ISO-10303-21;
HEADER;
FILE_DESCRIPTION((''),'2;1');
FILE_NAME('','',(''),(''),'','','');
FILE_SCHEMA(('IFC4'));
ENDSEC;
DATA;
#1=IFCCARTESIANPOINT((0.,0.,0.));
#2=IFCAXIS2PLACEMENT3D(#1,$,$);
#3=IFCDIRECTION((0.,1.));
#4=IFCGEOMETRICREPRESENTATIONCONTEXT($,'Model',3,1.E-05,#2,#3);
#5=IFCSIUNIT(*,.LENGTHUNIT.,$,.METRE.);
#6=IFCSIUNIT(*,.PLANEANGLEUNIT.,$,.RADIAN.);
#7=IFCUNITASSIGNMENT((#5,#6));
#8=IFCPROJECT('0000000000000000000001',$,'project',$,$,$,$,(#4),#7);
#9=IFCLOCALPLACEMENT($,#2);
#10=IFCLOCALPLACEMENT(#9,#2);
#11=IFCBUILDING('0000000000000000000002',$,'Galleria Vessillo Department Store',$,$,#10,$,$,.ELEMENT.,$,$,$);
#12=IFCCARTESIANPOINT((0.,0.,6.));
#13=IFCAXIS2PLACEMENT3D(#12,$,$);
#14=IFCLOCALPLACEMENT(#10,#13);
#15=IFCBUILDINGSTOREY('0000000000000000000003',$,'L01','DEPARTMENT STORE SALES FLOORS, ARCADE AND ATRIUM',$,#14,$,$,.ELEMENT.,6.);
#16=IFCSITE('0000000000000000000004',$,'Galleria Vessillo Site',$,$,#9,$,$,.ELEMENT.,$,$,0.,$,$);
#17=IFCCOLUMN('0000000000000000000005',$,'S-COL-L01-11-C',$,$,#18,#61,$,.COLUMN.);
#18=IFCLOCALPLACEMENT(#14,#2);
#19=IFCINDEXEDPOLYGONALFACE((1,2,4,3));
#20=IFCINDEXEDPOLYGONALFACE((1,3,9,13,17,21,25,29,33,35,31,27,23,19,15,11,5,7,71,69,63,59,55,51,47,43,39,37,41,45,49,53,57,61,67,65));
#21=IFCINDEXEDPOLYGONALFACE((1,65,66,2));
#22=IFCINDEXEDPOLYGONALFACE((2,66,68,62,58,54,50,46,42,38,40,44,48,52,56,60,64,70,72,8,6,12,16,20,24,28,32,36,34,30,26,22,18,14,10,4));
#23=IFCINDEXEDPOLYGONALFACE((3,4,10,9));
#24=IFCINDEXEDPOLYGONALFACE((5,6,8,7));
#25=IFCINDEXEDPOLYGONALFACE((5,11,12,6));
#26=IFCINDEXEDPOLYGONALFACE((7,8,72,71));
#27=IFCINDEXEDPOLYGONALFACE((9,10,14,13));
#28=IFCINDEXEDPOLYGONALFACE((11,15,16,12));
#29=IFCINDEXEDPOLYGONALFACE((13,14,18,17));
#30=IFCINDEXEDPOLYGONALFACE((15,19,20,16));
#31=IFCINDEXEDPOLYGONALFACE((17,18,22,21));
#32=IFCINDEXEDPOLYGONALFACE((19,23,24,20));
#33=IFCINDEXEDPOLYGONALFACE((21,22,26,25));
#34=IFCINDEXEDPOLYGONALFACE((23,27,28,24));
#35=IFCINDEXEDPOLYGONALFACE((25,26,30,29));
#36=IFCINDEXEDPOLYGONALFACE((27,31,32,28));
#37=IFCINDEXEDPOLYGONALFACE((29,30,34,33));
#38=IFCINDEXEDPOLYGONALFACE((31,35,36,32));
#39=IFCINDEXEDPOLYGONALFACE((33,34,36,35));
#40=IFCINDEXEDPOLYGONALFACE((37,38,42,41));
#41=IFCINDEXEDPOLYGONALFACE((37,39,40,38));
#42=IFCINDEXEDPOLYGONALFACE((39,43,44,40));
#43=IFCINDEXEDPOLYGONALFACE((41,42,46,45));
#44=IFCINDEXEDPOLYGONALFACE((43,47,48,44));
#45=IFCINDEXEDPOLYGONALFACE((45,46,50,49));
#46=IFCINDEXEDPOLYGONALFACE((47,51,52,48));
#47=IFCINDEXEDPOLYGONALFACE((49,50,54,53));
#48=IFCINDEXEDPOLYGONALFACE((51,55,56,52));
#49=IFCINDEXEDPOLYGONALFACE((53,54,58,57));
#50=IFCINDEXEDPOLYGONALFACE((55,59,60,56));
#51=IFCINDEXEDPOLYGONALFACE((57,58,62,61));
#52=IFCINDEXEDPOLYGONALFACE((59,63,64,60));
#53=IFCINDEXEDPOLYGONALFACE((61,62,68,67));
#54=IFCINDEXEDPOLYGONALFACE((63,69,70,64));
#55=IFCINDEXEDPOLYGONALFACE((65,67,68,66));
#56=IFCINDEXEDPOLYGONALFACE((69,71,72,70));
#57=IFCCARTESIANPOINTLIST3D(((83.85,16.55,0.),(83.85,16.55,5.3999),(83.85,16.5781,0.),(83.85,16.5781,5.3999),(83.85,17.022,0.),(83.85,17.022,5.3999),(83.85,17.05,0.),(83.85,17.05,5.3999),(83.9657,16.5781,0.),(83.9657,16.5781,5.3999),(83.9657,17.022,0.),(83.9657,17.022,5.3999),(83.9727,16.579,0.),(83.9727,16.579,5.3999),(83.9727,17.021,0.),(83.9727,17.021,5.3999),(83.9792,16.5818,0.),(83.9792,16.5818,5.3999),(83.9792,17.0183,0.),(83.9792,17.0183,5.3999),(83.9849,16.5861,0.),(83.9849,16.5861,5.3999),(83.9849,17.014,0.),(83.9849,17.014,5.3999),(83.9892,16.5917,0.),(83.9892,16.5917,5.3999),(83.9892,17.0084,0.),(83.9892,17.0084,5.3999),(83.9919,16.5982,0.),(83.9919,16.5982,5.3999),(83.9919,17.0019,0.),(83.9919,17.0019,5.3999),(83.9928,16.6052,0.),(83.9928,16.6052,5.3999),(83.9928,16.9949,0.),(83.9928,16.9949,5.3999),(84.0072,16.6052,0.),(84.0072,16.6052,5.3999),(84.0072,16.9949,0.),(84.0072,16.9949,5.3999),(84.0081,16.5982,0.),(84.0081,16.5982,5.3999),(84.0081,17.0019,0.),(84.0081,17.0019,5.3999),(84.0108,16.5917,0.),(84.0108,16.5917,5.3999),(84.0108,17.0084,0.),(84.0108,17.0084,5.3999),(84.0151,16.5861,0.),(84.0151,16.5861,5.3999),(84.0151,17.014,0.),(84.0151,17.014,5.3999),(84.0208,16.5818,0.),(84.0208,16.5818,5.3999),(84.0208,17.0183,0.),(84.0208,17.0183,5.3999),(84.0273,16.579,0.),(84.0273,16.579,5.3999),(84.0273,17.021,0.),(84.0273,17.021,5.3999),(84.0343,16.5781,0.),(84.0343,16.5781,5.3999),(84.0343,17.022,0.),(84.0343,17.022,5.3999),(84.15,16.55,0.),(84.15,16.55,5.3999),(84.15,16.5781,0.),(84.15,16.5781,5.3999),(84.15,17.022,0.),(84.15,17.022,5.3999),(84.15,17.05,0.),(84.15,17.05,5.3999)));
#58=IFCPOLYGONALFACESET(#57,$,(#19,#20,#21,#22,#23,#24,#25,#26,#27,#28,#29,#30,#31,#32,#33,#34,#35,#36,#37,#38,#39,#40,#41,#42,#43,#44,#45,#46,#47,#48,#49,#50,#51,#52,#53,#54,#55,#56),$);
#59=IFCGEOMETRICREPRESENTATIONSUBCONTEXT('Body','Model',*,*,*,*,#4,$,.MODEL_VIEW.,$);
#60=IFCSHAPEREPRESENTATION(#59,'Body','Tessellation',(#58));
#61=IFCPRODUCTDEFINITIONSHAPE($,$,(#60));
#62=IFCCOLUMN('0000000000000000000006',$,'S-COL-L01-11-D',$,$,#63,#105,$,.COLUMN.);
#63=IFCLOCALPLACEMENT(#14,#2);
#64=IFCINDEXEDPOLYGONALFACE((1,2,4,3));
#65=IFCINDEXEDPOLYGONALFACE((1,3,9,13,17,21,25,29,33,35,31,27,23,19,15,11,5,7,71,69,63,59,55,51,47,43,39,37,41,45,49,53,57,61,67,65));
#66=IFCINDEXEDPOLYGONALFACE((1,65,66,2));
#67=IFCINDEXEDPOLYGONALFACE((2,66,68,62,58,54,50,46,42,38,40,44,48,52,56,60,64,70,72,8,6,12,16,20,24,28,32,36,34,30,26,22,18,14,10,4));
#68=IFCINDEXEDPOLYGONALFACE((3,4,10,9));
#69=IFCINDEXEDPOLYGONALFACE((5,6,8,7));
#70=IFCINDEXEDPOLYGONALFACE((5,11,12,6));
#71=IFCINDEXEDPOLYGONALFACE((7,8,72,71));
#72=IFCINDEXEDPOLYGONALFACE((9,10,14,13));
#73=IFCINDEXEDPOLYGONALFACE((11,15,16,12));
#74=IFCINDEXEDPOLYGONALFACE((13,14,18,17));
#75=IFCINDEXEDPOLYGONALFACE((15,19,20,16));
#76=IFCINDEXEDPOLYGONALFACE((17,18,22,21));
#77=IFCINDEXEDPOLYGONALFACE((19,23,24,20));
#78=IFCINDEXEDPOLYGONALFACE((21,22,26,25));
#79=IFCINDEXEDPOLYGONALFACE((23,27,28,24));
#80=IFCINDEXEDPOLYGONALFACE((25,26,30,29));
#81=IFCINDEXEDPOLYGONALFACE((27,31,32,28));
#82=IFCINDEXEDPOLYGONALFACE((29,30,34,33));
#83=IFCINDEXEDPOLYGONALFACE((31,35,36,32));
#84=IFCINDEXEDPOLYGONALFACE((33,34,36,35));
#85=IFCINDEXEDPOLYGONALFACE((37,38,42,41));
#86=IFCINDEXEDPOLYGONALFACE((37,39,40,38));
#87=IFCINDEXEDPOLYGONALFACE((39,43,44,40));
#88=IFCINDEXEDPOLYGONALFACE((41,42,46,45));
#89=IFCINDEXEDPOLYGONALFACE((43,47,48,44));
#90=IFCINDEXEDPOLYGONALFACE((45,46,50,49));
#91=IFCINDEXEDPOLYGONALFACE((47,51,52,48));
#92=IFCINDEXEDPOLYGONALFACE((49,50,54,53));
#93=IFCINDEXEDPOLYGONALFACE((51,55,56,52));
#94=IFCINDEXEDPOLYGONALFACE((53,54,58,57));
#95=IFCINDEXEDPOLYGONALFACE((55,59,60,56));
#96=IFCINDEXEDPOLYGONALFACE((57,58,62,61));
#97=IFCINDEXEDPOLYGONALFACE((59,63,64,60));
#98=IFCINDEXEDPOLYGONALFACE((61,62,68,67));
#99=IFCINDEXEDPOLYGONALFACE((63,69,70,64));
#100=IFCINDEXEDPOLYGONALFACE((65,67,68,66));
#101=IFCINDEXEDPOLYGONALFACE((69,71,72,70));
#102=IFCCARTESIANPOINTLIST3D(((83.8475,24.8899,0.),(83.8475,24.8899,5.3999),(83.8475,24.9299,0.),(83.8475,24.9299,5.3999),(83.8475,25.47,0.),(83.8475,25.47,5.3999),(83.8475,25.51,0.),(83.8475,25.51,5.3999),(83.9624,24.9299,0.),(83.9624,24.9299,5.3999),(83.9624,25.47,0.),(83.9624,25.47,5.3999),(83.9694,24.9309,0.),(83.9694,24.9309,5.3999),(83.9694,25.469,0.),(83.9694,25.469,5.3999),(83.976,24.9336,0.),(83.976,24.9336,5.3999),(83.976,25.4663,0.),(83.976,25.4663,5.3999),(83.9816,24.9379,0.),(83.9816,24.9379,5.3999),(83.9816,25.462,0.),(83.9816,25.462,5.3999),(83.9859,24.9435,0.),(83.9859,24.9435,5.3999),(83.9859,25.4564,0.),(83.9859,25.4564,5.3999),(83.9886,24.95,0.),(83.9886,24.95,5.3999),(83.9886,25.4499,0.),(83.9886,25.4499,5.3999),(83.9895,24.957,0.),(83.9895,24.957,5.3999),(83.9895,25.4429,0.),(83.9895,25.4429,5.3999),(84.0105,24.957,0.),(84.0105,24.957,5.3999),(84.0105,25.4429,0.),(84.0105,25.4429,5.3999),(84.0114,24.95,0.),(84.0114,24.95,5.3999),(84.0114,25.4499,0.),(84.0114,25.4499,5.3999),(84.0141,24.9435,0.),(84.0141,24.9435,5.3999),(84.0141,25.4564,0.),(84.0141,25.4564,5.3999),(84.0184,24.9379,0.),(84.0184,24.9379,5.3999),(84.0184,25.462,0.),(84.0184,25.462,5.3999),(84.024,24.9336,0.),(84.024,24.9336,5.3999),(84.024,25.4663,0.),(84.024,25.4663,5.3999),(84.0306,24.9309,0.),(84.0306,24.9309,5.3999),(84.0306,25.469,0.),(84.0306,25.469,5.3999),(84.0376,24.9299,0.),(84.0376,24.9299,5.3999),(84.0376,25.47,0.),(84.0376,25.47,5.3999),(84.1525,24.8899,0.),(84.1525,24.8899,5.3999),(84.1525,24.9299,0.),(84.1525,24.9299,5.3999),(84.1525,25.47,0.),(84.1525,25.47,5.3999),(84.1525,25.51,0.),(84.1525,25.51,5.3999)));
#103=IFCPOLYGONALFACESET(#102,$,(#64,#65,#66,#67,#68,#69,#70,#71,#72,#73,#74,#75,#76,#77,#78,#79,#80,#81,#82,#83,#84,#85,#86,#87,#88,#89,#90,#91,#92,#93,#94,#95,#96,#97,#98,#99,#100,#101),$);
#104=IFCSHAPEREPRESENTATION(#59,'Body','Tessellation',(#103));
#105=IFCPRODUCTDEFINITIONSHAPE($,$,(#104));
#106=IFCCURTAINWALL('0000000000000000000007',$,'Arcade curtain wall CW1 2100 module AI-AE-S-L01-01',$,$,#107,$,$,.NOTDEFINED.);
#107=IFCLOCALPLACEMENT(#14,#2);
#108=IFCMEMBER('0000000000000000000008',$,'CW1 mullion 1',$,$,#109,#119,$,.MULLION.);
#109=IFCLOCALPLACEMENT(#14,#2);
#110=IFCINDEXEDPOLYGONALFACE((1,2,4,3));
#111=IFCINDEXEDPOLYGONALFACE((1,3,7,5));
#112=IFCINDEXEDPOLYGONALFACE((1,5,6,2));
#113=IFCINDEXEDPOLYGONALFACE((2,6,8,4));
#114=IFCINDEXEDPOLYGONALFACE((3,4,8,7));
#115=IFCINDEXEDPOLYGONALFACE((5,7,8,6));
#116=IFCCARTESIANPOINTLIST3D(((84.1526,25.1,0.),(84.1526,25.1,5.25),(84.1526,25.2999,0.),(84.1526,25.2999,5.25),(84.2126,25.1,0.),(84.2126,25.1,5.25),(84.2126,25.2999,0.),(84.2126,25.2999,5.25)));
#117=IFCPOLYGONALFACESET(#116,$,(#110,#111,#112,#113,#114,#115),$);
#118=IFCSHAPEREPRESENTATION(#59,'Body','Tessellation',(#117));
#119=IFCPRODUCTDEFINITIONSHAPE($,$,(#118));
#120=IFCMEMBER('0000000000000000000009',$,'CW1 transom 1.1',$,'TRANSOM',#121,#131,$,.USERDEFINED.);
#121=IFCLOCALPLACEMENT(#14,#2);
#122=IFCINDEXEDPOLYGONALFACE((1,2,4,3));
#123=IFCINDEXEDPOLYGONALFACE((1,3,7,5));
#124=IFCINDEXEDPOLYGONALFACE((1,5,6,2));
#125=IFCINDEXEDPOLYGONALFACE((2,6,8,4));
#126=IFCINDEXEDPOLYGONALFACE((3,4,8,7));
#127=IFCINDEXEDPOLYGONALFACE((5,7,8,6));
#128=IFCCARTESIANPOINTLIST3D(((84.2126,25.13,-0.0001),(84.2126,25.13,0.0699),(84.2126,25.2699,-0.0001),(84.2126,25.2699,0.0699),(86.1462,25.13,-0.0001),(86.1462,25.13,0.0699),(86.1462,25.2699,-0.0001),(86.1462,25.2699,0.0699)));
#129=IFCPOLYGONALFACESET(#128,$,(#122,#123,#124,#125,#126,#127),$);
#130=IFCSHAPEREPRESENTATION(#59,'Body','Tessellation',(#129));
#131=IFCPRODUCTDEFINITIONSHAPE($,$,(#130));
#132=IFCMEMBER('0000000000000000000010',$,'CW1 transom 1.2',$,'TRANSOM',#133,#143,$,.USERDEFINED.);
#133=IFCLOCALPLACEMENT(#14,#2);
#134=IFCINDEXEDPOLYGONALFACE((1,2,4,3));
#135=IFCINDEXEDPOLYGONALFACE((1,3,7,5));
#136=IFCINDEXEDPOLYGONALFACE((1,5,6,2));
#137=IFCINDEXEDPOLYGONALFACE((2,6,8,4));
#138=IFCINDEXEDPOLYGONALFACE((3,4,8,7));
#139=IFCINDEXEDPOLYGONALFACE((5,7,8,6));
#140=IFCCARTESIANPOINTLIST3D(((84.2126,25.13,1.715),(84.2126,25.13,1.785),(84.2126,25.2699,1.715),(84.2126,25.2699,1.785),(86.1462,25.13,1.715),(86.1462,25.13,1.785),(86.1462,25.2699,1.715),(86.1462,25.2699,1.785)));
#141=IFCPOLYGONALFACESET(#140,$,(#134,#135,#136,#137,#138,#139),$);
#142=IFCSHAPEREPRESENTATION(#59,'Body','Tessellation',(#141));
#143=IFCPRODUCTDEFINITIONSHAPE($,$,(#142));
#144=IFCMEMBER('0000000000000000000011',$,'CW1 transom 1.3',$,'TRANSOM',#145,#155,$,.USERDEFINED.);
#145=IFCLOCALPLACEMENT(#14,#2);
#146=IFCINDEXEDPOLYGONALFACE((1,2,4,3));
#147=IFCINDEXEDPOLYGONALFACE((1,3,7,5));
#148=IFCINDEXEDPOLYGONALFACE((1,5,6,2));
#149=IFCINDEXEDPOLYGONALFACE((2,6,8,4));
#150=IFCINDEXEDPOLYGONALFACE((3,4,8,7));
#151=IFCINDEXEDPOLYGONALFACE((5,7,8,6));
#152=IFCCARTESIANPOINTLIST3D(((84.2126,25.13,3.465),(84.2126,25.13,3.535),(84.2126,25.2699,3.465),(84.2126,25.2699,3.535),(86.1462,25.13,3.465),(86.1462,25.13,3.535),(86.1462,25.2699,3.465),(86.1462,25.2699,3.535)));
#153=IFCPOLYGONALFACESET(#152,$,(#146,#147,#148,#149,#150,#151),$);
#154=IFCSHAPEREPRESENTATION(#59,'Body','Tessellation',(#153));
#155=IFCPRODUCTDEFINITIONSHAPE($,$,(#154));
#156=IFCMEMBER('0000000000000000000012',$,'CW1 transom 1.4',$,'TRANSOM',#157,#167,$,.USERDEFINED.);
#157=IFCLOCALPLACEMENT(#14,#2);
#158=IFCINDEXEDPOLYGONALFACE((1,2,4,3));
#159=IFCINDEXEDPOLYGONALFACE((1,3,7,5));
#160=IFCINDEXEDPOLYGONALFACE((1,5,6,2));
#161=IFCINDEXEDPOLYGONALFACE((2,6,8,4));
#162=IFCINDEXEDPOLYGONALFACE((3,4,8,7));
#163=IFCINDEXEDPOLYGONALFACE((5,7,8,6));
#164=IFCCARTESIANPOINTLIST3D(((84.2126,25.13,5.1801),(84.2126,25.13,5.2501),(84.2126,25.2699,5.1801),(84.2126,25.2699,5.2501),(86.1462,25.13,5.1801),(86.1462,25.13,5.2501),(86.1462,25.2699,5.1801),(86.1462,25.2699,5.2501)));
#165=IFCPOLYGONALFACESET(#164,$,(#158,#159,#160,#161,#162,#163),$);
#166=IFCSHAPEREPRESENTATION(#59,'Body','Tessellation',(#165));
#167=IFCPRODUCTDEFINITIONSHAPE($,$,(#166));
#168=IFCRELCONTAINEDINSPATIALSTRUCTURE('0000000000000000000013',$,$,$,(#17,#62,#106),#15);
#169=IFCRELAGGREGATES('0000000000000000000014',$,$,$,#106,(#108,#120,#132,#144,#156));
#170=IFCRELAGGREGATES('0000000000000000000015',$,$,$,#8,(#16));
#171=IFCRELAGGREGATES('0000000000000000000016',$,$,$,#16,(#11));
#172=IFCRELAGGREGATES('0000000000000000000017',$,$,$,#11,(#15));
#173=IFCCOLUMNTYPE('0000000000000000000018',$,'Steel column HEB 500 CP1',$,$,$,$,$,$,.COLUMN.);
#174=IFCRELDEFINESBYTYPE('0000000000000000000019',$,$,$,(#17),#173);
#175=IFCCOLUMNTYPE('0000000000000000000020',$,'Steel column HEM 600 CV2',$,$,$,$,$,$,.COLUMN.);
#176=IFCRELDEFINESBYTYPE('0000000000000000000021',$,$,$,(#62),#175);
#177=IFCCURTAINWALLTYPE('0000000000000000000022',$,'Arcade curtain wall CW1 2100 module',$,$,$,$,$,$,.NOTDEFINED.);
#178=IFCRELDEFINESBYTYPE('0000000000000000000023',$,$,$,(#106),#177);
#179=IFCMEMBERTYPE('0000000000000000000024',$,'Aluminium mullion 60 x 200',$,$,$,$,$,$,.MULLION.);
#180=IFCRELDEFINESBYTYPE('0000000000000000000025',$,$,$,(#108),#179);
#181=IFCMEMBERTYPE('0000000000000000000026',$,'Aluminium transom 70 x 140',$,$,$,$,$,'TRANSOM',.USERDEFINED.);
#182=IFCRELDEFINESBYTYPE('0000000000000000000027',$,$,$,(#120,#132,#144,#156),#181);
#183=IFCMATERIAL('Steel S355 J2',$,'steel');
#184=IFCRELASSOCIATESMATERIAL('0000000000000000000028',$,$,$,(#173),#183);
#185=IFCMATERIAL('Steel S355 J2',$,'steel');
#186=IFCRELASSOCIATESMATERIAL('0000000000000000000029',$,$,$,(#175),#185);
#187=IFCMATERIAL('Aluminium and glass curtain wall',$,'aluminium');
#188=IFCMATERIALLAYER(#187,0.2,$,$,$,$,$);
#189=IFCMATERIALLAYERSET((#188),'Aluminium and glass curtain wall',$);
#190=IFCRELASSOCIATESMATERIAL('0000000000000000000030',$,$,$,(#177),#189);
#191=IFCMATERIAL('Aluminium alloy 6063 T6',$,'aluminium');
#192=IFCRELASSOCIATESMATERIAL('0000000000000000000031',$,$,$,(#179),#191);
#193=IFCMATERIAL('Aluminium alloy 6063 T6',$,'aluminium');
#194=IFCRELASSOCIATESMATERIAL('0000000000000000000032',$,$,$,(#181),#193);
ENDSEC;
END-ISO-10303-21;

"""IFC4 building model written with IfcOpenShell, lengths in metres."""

from ifc_helpers import new_model, si_unit, direction, frame, origin, origin_2d, place, context, subcontext, project, spatial, rectangle, i_section, extrude, material, layer, layer_set, material_profile, profile_set, type_object, element, aggregate, save


model = new_model("IFC4")

# Units and contexts
model_context = context("Model", 3, precision=1e-05, world=origin(), true_north=direction((0.0, 1.0)))
body_context = subcontext(model_context, "Body", "Model", "MODEL_VIEW")
ifc_project = project(units=[si_unit("LENGTHUNIT", "METRE"), si_unit("PLANEANGLEUNIT", "RADIAN")], contexts=[model_context])

# Site, building, storey
site_placement = place(None, origin())
site = spatial("IfcSite", under=ifc_project, at=site_placement, Name="Galleria Vessillo Site", CompositionType="ELEMENT", RefElevation=0.0)
building_placement = place(site_placement, origin())
building = spatial("IfcBuilding", under=site, at=building_placement, Name="Galleria Vessillo Department Store", CompositionType="ELEMENT")
storey_placement = place(building_placement, frame((0.0, 0.0, 6.0)))
storey = spatial("IfcBuildingStorey", under=building, at=storey_placement, Name="L01", Description="DEPARTMENT STORE SALES FLOORS, ARCADE AND ATRIUM", CompositionType="ELEMENT", Elevation=6.0)

# Columns
ifc_material_1 = material(Name="Steel S355 J2", Category="steel")
ifc_material_profile_1 = material_profile(ifc_material_1, i_section(OverallWidth=0.3, OverallDepth=0.5, WebThickness=0.0144, FlangeThickness=0.0281, FilletRadius=0.0271, at=origin_2d()), Name="HEB 500")
ifc_profile_set_1 = profile_set([ifc_material_profile_1], Name="Steel S355 J2")
column_type_1 = type_object("IfcColumnType", Name="Steel column HEB 500 CP1", PredefinedType="COLUMN", material=ifc_profile_set_1)
column_1_placement = place(storey_placement, frame((84.0, 16.8, 0.0), z_axis=(0.0, 0.0, 1.0), x_axis=(1.0, 0.0, 0.0)))
element("IfcColumn", 1, at=column_1_placement, inside=storey, type_object=column_type_1, Name="S-COL-L01-11-C", PredefinedType="COLUMN", context=body_context, shape_type="SweptSolid", body=[
    extrude(i_section(OverallWidth=0.3, OverallDepth=0.5, WebThickness=0.0144, FlangeThickness=0.0281, FilletRadius=0.0271, at=origin_2d()), origin(), (0.0, 0.0, 1.0), 5.3999),
])
ifc_material_2 = material(Name="Steel S355 J2", Category="steel")
ifc_material_profile_2 = material_profile(ifc_material_2, i_section(OverallWidth=0.3049, OverallDepth=0.6201, WebThickness=0.021, FlangeThickness=0.04, FilletRadius=0.0271, at=origin_2d()), Name="HEM 600")
ifc_profile_set_2 = profile_set([ifc_material_profile_2], Name="Steel S355 J2")
column_type_2 = type_object("IfcColumnType", Name="Steel column HEM 600 CV2", PredefinedType="COLUMN", material=ifc_profile_set_2)
column_2_placement = place(storey_placement, frame((84.0, 25.2, 0.0), z_axis=(0.0, 0.0, 1.0), x_axis=(1.0, 0.0, 0.0)))
element("IfcColumn", 2, at=column_2_placement, inside=storey, type_object=column_type_2, Name="S-COL-L01-11-D", PredefinedType="COLUMN", context=body_context, shape_type="SweptSolid", body=[
    extrude(i_section(OverallWidth=0.3049, OverallDepth=0.6201, WebThickness=0.021, FlangeThickness=0.04, FilletRadius=0.0271, at=origin_2d()), origin(), (0.0, 0.0, 1.0), 5.3999),
])

# Curtain wall, members
ifc_material_3 = material(Name="Aluminium and glass curtain wall", Category="aluminium")
ifc_layer_1 = layer(ifc_material_3, 0.2)
ifc_layer_set_1 = layer_set([ifc_layer_1], Name="Aluminium and glass curtain wall")
curtain_wall_type = type_object("IfcCurtainWallType", Name="Arcade curtain wall CW1 2100 module", PredefinedType="NOTDEFINED", material=ifc_layer_set_1)
curtain_wall_placement = place(storey_placement, origin())
curtain_wall = element("IfcCurtainWall", 3, at=curtain_wall_placement, inside=storey, type_object=curtain_wall_type, Name="Arcade curtain wall CW1 2100 module AI-AE-S-L01-01", PredefinedType="NOTDEFINED")
ifc_material_4 = material(Name="Aluminium alloy 6063 T6", Category="aluminium")
ifc_material_profile_3 = material_profile(ifc_material_4, rectangle(XDim=0.2, YDim=0.0601, at=origin_2d()), Name="AL 60x200")
ifc_profile_set_3 = profile_set([ifc_material_profile_3], Name="Aluminium alloy 6063 T6")
member_type_1 = type_object("IfcMemberType", Name="Aluminium mullion 60 x 200", PredefinedType="MULLION", material=ifc_profile_set_3)
member_1_placement = place(storey_placement, frame((84.1826, 25.2, 0.0), z_axis=(0.0, 0.0, 1.0), x_axis=(0.0, 1.0, 0.0)))
member_1 = element("IfcMember", 4, at=member_1_placement, type_object=member_type_1, Name="CW1 mullion 1", PredefinedType="MULLION", context=body_context, shape_type="SweptSolid", body=[
    extrude(rectangle(XDim=0.2, YDim=0.0601, at=origin_2d()), origin(), (0.0, 0.0, 1.0), 5.25),
])
ifc_material_5 = material(Name="Aluminium alloy 6063 T6", Category="aluminium")
ifc_material_profile_4 = material_profile(ifc_material_5, rectangle(XDim=0.1399, YDim=0.0701, at=origin_2d()), Name="AL 70x140")
ifc_profile_set_4 = profile_set([ifc_material_profile_4], Name="Aluminium alloy 6063 T6")
member_type_2 = type_object("IfcMemberType", Name="Aluminium transom 70 x 140", ElementType="TRANSOM", PredefinedType="USERDEFINED", material=ifc_profile_set_4)
member_2_placement = place(storey_placement, frame((84.2126, 25.2, 0.0349), z_axis=(1.0, 0.0, 0.0), x_axis=(0.0, 1.0, 0.0)))
member_2 = element("IfcMember", 5, at=member_2_placement, type_object=member_type_2, Name="CW1 transom 1.1", ObjectType="TRANSOM", PredefinedType="USERDEFINED", context=body_context, shape_type="SweptSolid", body=[
    extrude(rectangle(XDim=0.1399, YDim=0.0701, at=origin_2d()), origin(), (0.0, 0.0, 1.0), 1.9336),
])
member_3_placement = place(storey_placement, frame((84.2126, 25.2, 1.75), z_axis=(1.0, 0.0, 0.0), x_axis=(0.0, 1.0, 0.0)))
member_3 = element("IfcMember", 6, at=member_3_placement, type_object=member_type_2, Name="CW1 transom 1.2", ObjectType="TRANSOM", PredefinedType="USERDEFINED", context=body_context, shape_type="SweptSolid", body=[
    extrude(rectangle(XDim=0.1399, YDim=0.0701, at=origin_2d()), origin(), (0.0, 0.0, 1.0), 1.9336),
])
member_4_placement = place(storey_placement, frame((84.2126, 25.2, 3.5), z_axis=(1.0, 0.0, 0.0), x_axis=(0.0, 1.0, 0.0)))
member_4 = element("IfcMember", 7, at=member_4_placement, type_object=member_type_2, Name="CW1 transom 1.3", ObjectType="TRANSOM", PredefinedType="USERDEFINED", context=body_context, shape_type="SweptSolid", body=[
    extrude(rectangle(XDim=0.1399, YDim=0.0701, at=origin_2d()), origin(), (0.0, 0.0, 1.0), 1.9336),
])
member_5_placement = place(storey_placement, frame((84.2126, 25.2, 5.2151), z_axis=(1.0, 0.0, 0.0), x_axis=(0.0, 1.0, 0.0)))
member_5 = element("IfcMember", 8, at=member_5_placement, type_object=member_type_2, Name="CW1 transom 1.4", ObjectType="TRANSOM", PredefinedType="USERDEFINED", context=body_context, shape_type="SweptSolid", body=[
    extrude(rectangle(XDim=0.1399, YDim=0.0701, at=origin_2d()), origin(), (0.0, 0.0, 1.0), 1.9336),
])

aggregate(curtain_wall, [member_1, member_2, member_3, member_4, member_5])

save(model, "model.ifc")
